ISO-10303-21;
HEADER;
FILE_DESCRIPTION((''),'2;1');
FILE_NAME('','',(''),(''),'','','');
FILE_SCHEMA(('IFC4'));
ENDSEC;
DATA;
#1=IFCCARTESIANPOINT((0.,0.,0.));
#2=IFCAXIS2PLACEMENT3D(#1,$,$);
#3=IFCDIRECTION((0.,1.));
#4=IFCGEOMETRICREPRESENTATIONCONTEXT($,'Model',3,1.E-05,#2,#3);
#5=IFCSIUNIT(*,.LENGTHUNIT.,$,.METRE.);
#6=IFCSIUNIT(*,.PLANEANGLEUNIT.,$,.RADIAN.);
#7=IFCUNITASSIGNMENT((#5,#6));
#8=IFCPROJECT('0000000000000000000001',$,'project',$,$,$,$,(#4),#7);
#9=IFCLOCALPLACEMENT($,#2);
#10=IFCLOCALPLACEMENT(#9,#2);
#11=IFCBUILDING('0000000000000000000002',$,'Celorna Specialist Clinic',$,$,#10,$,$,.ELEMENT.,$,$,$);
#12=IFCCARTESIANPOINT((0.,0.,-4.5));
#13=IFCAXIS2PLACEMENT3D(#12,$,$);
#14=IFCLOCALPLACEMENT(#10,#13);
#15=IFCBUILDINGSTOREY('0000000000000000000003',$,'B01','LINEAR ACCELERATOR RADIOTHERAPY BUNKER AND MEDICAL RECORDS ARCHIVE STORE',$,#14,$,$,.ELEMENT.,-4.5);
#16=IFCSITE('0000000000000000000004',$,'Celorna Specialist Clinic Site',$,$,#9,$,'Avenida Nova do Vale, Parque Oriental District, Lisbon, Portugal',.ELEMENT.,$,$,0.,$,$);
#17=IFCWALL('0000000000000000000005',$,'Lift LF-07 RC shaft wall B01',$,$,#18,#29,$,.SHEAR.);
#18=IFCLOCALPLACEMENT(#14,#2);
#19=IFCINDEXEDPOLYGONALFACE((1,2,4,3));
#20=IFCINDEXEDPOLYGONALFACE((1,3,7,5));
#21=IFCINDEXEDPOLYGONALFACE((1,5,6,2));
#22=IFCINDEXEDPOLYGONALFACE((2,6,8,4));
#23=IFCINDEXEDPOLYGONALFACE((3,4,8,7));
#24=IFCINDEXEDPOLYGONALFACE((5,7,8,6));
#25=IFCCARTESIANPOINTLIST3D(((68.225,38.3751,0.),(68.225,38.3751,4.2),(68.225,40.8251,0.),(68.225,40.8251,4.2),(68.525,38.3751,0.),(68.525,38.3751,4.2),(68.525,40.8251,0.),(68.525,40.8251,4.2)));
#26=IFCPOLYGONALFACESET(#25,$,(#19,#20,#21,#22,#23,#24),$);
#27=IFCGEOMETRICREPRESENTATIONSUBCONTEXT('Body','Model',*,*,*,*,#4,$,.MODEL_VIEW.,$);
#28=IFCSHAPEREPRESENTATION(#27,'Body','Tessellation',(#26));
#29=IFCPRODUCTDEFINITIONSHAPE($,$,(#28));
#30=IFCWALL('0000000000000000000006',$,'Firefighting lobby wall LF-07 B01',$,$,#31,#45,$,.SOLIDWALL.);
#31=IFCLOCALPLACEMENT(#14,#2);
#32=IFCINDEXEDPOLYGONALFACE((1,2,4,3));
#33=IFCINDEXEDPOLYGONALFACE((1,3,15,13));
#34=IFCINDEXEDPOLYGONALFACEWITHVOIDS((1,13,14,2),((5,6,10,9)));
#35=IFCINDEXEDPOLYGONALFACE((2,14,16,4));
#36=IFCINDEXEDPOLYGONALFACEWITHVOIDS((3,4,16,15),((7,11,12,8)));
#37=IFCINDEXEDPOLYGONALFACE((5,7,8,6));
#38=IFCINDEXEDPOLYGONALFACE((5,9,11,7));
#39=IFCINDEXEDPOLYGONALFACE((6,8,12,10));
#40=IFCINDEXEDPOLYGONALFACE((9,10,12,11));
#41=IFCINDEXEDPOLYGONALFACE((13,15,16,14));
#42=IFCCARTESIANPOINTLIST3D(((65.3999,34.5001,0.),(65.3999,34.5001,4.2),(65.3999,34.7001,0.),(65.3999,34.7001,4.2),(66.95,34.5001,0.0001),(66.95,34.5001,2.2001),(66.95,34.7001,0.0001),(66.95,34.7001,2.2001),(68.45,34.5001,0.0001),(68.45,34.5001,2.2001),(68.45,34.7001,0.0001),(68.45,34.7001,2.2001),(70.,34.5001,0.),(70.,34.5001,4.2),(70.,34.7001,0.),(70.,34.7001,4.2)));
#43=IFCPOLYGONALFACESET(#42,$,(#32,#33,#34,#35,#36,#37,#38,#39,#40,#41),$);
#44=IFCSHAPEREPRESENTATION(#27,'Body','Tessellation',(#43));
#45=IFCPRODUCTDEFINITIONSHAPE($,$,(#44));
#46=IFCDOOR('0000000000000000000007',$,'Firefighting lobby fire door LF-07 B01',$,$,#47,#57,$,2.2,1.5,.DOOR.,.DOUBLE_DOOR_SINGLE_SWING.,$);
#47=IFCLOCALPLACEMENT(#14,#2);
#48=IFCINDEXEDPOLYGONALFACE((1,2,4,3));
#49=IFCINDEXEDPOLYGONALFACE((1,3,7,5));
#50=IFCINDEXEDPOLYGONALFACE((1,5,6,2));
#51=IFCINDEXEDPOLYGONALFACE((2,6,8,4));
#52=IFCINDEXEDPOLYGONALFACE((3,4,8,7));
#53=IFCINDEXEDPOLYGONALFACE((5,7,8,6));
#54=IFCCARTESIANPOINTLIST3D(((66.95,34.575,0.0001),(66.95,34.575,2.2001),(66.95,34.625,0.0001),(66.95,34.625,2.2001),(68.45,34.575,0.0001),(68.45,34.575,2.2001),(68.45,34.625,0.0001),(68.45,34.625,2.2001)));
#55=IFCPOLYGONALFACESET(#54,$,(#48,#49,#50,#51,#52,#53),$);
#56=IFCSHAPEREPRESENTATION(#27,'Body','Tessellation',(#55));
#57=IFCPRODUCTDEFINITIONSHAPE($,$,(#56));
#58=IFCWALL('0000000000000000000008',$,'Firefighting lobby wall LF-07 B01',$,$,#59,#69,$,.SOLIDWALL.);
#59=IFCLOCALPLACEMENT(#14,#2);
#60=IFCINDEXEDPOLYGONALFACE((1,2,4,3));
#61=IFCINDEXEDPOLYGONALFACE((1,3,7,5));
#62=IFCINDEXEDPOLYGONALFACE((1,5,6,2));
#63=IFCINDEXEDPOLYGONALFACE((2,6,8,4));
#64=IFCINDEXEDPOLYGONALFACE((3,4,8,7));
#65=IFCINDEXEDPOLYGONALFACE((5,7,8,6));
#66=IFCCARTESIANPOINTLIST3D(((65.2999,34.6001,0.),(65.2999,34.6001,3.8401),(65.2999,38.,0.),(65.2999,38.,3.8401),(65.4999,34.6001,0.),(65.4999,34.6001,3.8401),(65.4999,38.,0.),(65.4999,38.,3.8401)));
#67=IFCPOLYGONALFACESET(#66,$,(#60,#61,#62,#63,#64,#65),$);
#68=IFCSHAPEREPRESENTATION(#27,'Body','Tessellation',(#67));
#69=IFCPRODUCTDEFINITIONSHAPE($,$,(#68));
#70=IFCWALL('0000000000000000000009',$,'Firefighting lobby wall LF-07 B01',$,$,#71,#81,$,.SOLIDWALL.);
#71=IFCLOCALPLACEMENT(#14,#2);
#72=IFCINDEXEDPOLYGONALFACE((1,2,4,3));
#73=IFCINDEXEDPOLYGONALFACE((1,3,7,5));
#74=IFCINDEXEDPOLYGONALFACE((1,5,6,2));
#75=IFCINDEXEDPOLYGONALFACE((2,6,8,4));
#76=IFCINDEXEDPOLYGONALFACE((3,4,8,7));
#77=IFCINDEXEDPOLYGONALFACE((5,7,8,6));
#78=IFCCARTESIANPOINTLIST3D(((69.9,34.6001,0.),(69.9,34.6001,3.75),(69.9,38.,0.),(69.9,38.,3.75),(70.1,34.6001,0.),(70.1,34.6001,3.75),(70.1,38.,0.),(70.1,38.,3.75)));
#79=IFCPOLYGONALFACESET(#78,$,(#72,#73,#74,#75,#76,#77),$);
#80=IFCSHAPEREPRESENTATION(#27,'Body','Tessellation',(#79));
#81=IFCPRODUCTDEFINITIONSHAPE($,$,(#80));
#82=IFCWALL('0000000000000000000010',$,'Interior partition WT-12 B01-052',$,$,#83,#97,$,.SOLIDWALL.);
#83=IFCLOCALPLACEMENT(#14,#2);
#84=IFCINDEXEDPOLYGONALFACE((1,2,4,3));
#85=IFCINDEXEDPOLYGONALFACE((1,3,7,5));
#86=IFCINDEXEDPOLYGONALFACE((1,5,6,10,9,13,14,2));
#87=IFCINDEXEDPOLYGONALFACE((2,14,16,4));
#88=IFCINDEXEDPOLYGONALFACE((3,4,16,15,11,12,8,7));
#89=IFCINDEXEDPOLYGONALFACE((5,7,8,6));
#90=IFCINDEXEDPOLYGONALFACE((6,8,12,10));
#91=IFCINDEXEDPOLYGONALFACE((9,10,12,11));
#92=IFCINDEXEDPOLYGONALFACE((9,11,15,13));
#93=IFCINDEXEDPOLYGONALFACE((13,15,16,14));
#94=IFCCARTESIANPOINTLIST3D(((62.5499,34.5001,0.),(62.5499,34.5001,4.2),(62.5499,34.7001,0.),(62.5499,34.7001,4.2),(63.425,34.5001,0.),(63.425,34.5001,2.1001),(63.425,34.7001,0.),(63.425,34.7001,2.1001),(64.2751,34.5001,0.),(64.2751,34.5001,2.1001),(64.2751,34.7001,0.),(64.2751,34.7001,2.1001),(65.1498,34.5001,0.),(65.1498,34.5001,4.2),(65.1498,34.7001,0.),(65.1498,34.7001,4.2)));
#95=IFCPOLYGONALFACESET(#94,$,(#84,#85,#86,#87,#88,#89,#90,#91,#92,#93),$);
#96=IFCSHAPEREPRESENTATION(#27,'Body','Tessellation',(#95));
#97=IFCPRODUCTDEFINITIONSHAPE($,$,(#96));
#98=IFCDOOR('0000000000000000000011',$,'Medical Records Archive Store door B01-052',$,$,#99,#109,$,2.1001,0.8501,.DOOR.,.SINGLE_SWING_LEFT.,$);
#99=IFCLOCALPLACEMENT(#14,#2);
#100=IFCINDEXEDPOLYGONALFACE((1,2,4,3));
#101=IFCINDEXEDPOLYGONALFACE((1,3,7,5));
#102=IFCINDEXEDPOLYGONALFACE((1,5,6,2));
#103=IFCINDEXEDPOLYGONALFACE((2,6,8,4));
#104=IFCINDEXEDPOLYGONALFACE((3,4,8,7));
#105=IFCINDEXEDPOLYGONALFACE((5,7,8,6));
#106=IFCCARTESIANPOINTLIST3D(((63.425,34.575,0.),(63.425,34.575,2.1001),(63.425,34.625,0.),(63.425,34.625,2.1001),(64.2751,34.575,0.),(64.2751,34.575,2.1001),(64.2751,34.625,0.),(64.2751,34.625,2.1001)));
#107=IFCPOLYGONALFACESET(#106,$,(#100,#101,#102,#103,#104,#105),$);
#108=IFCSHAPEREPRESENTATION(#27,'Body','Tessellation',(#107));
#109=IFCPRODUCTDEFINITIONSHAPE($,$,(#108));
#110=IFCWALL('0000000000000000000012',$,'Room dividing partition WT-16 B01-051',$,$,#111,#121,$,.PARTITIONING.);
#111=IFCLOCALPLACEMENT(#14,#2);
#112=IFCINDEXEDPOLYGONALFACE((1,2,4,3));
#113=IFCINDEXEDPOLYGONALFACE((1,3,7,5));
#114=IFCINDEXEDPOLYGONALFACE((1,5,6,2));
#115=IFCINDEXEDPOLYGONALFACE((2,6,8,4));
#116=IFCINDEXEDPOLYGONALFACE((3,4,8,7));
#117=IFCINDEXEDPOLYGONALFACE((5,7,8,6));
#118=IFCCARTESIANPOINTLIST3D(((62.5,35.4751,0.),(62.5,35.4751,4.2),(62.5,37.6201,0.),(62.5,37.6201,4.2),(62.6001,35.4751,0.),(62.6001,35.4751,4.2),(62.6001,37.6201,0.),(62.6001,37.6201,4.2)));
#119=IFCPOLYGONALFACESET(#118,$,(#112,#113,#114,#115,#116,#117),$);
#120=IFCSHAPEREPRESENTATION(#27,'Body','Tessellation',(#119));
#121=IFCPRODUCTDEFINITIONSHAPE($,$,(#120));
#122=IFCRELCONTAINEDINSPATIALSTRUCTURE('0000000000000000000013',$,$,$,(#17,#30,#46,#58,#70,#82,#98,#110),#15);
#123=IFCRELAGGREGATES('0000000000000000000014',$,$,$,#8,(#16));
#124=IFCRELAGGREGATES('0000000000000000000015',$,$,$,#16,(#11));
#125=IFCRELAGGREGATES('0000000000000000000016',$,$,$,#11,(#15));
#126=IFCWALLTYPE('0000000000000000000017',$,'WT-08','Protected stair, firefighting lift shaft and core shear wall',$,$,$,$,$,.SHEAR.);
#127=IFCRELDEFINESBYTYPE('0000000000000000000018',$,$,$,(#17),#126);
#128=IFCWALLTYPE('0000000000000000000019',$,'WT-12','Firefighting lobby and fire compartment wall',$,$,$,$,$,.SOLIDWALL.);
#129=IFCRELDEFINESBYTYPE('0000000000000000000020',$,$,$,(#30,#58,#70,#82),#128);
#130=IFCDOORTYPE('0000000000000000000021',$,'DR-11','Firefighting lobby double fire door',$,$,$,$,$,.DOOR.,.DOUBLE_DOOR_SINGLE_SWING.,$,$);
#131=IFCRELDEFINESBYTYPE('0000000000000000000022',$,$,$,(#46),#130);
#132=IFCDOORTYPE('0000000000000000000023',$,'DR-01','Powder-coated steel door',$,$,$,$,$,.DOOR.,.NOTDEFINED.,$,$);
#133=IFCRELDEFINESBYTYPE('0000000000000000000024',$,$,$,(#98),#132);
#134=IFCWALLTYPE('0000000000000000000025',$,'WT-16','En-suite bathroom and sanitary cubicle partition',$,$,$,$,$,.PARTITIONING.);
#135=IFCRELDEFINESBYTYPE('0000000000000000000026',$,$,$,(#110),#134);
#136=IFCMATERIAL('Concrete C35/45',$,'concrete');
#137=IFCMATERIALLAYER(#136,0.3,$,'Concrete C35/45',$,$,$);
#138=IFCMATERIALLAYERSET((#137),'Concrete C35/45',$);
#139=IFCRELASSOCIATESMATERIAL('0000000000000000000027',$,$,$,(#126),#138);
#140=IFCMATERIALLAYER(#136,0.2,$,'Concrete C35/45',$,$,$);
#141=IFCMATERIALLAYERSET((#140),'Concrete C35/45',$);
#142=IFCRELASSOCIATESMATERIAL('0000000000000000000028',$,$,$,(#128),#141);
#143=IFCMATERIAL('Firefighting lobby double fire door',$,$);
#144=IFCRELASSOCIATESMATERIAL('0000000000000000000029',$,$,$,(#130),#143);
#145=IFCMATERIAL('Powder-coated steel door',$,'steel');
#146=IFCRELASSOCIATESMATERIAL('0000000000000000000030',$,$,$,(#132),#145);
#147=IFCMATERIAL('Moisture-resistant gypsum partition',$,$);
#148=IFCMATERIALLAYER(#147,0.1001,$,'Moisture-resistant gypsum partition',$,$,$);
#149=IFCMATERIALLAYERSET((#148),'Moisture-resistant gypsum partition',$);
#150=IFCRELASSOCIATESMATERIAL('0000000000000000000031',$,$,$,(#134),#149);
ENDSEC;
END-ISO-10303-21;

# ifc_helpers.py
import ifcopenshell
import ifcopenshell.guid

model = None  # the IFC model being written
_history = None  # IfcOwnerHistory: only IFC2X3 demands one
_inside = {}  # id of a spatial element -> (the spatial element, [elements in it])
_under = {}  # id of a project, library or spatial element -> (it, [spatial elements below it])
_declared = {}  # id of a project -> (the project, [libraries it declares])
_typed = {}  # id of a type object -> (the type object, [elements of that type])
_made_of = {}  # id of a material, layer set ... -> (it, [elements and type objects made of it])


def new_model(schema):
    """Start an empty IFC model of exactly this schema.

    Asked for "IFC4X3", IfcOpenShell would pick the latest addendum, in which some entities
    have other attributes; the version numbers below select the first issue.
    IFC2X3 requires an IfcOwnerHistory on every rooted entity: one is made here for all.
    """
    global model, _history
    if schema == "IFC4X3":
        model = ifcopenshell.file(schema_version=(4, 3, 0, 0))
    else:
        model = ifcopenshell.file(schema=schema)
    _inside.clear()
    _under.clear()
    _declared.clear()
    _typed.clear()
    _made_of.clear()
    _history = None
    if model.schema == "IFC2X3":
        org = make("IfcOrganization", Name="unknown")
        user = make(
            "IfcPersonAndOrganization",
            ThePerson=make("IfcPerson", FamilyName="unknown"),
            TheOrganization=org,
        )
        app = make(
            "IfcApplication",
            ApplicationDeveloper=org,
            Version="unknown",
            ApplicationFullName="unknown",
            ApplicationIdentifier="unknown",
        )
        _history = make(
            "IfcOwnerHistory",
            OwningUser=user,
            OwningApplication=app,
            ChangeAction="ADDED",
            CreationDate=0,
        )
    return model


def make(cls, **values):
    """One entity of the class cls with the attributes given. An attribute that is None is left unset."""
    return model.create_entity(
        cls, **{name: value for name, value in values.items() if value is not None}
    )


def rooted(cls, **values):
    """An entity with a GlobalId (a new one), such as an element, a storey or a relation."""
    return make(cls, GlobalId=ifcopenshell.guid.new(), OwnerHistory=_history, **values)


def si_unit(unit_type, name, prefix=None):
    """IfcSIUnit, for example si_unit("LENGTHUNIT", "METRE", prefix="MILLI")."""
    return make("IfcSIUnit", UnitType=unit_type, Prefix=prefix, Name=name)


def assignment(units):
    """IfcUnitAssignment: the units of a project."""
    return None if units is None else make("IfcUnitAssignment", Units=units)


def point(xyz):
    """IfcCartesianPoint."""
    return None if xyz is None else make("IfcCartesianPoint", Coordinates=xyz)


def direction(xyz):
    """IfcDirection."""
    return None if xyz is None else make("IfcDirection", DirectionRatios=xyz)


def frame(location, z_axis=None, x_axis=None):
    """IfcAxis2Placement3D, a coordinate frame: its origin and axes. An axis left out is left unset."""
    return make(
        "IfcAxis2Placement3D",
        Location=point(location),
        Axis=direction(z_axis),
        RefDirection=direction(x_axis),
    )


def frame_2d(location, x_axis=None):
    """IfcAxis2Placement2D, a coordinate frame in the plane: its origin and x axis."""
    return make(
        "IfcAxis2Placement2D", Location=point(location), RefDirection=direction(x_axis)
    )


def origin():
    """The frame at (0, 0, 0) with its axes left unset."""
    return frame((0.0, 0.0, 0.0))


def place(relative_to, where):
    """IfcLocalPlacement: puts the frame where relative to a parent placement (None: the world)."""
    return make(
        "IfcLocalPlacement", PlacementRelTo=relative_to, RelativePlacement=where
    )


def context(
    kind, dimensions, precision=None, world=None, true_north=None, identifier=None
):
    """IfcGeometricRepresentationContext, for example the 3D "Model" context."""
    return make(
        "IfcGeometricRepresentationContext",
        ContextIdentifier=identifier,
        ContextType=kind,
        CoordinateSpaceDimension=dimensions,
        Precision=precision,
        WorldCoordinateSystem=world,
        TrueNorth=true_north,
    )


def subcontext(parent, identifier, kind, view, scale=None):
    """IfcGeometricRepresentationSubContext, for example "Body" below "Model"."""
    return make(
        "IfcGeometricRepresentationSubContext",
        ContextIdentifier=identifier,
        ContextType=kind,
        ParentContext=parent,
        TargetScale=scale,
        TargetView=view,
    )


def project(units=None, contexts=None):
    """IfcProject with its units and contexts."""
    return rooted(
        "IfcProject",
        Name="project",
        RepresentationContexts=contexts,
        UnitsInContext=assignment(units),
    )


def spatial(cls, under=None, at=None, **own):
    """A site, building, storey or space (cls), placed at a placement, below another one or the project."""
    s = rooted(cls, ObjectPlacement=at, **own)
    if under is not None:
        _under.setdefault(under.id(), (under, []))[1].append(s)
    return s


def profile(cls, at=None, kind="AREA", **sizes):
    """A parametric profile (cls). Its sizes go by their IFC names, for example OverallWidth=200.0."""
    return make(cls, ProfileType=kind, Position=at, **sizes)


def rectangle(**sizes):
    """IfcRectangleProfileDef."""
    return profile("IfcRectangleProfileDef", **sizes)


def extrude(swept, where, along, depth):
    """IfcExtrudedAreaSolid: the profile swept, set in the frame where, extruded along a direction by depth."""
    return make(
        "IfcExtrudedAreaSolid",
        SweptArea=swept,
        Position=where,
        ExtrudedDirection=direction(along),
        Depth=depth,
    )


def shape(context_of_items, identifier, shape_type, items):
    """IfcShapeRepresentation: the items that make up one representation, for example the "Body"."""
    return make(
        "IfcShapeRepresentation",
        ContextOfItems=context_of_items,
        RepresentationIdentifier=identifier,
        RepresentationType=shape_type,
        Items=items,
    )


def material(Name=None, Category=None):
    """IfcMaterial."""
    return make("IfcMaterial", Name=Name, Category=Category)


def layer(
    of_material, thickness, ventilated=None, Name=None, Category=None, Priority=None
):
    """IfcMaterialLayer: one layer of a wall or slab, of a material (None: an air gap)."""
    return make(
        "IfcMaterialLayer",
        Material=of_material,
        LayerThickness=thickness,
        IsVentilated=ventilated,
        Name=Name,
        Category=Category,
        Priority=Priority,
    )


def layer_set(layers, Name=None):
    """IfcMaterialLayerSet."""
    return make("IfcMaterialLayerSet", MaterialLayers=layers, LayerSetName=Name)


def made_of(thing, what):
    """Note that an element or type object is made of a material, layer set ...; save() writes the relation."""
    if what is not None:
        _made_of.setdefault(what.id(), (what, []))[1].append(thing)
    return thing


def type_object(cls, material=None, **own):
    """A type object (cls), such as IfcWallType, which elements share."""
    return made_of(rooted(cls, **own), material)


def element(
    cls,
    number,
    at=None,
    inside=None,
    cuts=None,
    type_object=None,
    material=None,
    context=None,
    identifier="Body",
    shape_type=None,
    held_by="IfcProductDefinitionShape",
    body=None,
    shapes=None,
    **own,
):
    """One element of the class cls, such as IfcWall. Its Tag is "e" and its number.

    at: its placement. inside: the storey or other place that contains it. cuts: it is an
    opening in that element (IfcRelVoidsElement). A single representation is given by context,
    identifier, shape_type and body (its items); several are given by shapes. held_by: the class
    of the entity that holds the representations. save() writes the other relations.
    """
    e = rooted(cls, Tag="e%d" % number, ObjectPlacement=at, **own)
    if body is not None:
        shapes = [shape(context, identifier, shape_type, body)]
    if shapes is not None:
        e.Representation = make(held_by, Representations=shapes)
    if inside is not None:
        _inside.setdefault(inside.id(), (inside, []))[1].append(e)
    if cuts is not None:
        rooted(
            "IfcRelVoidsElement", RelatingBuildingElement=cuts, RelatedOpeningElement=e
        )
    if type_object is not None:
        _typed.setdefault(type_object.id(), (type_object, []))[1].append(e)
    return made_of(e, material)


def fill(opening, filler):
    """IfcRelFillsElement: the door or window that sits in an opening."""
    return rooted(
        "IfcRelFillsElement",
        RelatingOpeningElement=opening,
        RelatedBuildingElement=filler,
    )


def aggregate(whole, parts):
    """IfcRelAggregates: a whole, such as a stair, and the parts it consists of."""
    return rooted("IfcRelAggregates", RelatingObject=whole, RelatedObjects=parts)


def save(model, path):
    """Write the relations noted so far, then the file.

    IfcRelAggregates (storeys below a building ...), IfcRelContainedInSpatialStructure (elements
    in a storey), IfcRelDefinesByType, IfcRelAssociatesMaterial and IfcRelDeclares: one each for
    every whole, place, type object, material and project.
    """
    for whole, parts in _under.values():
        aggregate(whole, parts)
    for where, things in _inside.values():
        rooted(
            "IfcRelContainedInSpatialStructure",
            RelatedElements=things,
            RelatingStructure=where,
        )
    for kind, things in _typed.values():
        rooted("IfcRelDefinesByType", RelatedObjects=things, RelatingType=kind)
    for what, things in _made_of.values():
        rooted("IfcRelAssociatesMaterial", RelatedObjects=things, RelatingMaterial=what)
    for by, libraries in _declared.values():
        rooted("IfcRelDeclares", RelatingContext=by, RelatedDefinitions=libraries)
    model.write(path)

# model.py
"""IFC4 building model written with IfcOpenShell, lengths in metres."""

from ifc_helpers import new_model, si_unit, direction, frame, frame_2d, origin, place, context, subcontext, project, spatial, rectangle, extrude, material, layer, layer_set, type_object, element, fill, save


model = new_model("IFC4")

# Units and contexts
model_context = context("Model", 3, precision=1e-05, world=origin(), true_north=direction((0.0, 1.0)))
body_context = subcontext(model_context, "Body", "Model", "MODEL_VIEW")
ifc_project = project(units=[si_unit("LENGTHUNIT", "METRE"), si_unit("PLANEANGLEUNIT", "RADIAN")], contexts=[model_context])

# Site, building, storey
site_placement = place(None, origin())
site = spatial("IfcSite", under=ifc_project, at=site_placement, Name="Celorna Specialist Clinic Site", LongName="Avenida Nova do Vale, Parque Oriental District, Lisbon, Portugal", CompositionType="ELEMENT", RefElevation=0.0)
building_placement = place(site_placement, origin())
building = spatial("IfcBuilding", under=site, at=building_placement, Name="Celorna Specialist Clinic", CompositionType="ELEMENT")
storey_placement = place(building_placement, frame((0.0, 0.0, -4.5)))
storey = spatial("IfcBuildingStorey", under=building, at=storey_placement, Name="B01", Description="LINEAR ACCELERATOR RADIOTHERAPY BUNKER AND MEDICAL RECORDS ARCHIVE STORE", CompositionType="ELEMENT", Elevation=-4.5)

# Shared definitions
ifc_material_1 = material(Name="Concrete C35/45", Category="concrete")

# Shared definitions
ifc_layer_1 = layer(ifc_material_1, 0.3, Name="Concrete C35/45")
ifc_layer_set_1 = layer_set([ifc_layer_1], Name="Concrete C35/45")
wall_type_1 = type_object("IfcWallType", Name="WT-08", Description="Protected stair, firefighting lift shaft and core shear wall", PredefinedType="SHEAR", material=ifc_layer_set_1)

# Wall
wall_1_placement = place(storey_placement, frame((68.375, 38.375, 0.0), z_axis=(0.0, 0.0, 1.0), x_axis=(0.0, 1.0, 0.0)))
element("IfcWall", 1, at=wall_1_placement, inside=storey, type_object=wall_type_1, Name="Lift LF-07 RC shaft wall B01", PredefinedType="SHEAR", context=body_context, shape_type="SweptSolid", body=[
    extrude(rectangle(XDim=2.45, YDim=0.3, at=frame_2d((1.2251, 0.0))), origin(), (0.0, 0.0, 1.0), 4.2),
])

# Wall, opening, door
ifc_layer_2 = layer(ifc_material_1, 0.2, Name="Concrete C35/45")
ifc_layer_set_2 = layer_set([ifc_layer_2], Name="Concrete C35/45")
wall_type_2 = type_object("IfcWallType", Name="WT-12", Description="Firefighting lobby and fire compartment wall", PredefinedType="SOLIDWALL", material=ifc_layer_set_2)
wall_2_placement = place(storey_placement, frame((65.3999, 34.6001, 0.0), z_axis=(0.0, 0.0, 1.0), x_axis=(1.0, 0.0, 0.0)))
wall_2 = element("IfcWall", 2, at=wall_2_placement, inside=storey, type_object=wall_type_2, Name="Firefighting lobby wall LF-07 B01", PredefinedType="SOLIDWALL", context=body_context, shape_type="SweptSolid", body=[
    extrude(rectangle(XDim=4.6001, YDim=0.2, at=frame_2d((2.3, 0.0))), origin(), (0.0, 0.0, 1.0), 4.2),
])
opening_1_placement = place(wall_2_placement, frame((1.55, 0.0, 0.0)))
opening_1 = element("IfcOpeningElement", 3, at=opening_1_placement, cuts=wall_2, PredefinedType="OPENING", context=body_context, shape_type="SweptSolid", body=[
    extrude(rectangle(XDim=1.5, YDim=2.2, at=frame_2d((0.75, 1.1001))), frame((0.0, 0.1099, 0.0), z_axis=(0.0, -1.0, 0.0), x_axis=(1.0, 0.0, 0.0)), (0.0, 0.0, 1.0), 0.22),
])
ifc_material_2 = material(Name="Firefighting lobby double fire door")
door_type_1 = type_object("IfcDoorType", Name="DR-11", Description="Firefighting lobby double fire door", OperationType="DOUBLE_DOOR_SINGLE_SWING", PredefinedType="DOOR", material=ifc_material_2)
door_1_placement = place(opening_1_placement, origin())
door_1 = element("IfcDoor", 4, at=door_1_placement, inside=storey, type_object=door_type_1, Name="Firefighting lobby fire door LF-07 B01", OperationType="DOUBLE_DOOR_SINGLE_SWING", OverallHeight=2.2, OverallWidth=1.5, PredefinedType="DOOR", context=body_context, shape_type="SweptSolid", body=[
    extrude(rectangle(XDim=1.5, YDim=2.2, at=frame_2d((0.75, 1.1001))), frame((0.0, 0.0249, 0.0), z_axis=(0.0, -1.0, 0.0), x_axis=(1.0, 0.0, 0.0)), (0.0, 0.0, 1.0), 0.05),
])
fill(opening_1, door_1)

# Walls
wall_3_placement = place(storey_placement, frame((65.3999, 38.0, 0.0), z_axis=(0.0, 0.0, 1.0), x_axis=(0.0, -1.0, 0.0)))
element("IfcWall", 5, at=wall_3_placement, inside=storey, type_object=wall_type_2, Name="Firefighting lobby wall LF-07 B01", PredefinedType="SOLIDWALL", context=body_context, shape_type="SweptSolid", body=[
    extrude(rectangle(XDim=3.3999, YDim=0.2, at=frame_2d((1.7, 0.0))), origin(), (0.0, 0.0, 1.0), 3.8401),
])
wall_4_placement = place(storey_placement, frame((70.0, 34.6001, 0.0), z_axis=(0.0, 0.0, 1.0), x_axis=(0.0, 1.0, 0.0)))
element("IfcWall", 6, at=wall_4_placement, inside=storey, type_object=wall_type_2, Name="Firefighting lobby wall LF-07 B01", PredefinedType="SOLIDWALL", context=body_context, shape_type="SweptSolid", body=[
    extrude(rectangle(XDim=3.3999, YDim=0.2, at=frame_2d((1.7, 0.0))), origin(), (0.0, 0.0, 1.0), 3.75),
])

# Wall, opening, door
wall_5_placement = place(storey_placement, frame((62.55, 34.6001, 0.0), z_axis=(0.0, 0.0, 1.0), x_axis=(1.0, 0.0, 0.0)))
wall_5 = element("IfcWall", 7, at=wall_5_placement, inside=storey, type_object=wall_type_2, Name="Interior partition WT-12 B01-052", PredefinedType="SOLIDWALL", context=body_context, shape_type="SweptSolid", body=[
    extrude(rectangle(XDim=2.5999, YDim=0.2, at=frame_2d((1.2998, 0.0))), origin(), (0.0, 0.0, 1.0), 4.2),
])
opening_2_placement = place(wall_5_placement, frame((0.875, 0.0, 0.0)))
opening_2 = element("IfcOpeningElement", 8, at=opening_2_placement, cuts=wall_5, PredefinedType="OPENING", context=body_context, shape_type="SweptSolid", body=[
    extrude(rectangle(XDim=0.8501, YDim=2.1001, at=frame_2d((0.425, 1.05))), frame((0.0, 0.1099, 0.0), z_axis=(0.0, -1.0, 0.0), x_axis=(1.0, 0.0, 0.0)), (0.0, 0.0, 1.0), 0.22),
])
ifc_material_3 = material(Name="Powder-coated steel door", Category="steel")
door_type_2 = type_object("IfcDoorType", Name="DR-01", Description="Powder-coated steel door", OperationType="NOTDEFINED", PredefinedType="DOOR", material=ifc_material_3)
door_2_placement = place(opening_2_placement, origin())
door_2 = element("IfcDoor", 9, at=door_2_placement, inside=storey, type_object=door_type_2, Name="Medical Records Archive Store door B01-052", OperationType="SINGLE_SWING_LEFT", OverallHeight=2.1001, OverallWidth=0.8501, PredefinedType="DOOR", context=body_context, shape_type="SweptSolid", body=[
    extrude(rectangle(XDim=0.8501, YDim=2.1001, at=frame_2d((0.425, 1.05))), frame((0.0, 0.0249, 0.0), z_axis=(0.0, -1.0, 0.0), x_axis=(1.0, 0.0, 0.0)), (0.0, 0.0, 1.0), 0.05),
])
fill(opening_2, door_2)

# Wall
ifc_material_4 = material(Name="Moisture-resistant gypsum partition")
ifc_layer_3 = layer(ifc_material_4, 0.1001, Name="Moisture-resistant gypsum partition")
ifc_layer_set_3 = layer_set([ifc_layer_3], Name="Moisture-resistant gypsum partition")
wall_type_3 = type_object("IfcWallType", Name="WT-16", Description="En-suite bathroom and sanitary cubicle partition", PredefinedType="PARTITIONING", material=ifc_layer_set_3)
wall_6_placement = place(storey_placement, frame((62.55, 35.4751, 0.0), z_axis=(0.0, 0.0, 1.0), x_axis=(0.0, 1.0, 0.0)))
element("IfcWall", 10, at=wall_6_placement, inside=storey, type_object=wall_type_3, Name="Room dividing partition WT-16 B01-051", PredefinedType="PARTITIONING", context=body_context, shape_type="SweptSolid", body=[
    extrude(rectangle(XDim=2.145, YDim=0.1001, at=frame_2d((1.0725, 0.0))), origin(), (0.0, 0.0, 1.0), 4.2),
])

save(model, "model.ifc")
